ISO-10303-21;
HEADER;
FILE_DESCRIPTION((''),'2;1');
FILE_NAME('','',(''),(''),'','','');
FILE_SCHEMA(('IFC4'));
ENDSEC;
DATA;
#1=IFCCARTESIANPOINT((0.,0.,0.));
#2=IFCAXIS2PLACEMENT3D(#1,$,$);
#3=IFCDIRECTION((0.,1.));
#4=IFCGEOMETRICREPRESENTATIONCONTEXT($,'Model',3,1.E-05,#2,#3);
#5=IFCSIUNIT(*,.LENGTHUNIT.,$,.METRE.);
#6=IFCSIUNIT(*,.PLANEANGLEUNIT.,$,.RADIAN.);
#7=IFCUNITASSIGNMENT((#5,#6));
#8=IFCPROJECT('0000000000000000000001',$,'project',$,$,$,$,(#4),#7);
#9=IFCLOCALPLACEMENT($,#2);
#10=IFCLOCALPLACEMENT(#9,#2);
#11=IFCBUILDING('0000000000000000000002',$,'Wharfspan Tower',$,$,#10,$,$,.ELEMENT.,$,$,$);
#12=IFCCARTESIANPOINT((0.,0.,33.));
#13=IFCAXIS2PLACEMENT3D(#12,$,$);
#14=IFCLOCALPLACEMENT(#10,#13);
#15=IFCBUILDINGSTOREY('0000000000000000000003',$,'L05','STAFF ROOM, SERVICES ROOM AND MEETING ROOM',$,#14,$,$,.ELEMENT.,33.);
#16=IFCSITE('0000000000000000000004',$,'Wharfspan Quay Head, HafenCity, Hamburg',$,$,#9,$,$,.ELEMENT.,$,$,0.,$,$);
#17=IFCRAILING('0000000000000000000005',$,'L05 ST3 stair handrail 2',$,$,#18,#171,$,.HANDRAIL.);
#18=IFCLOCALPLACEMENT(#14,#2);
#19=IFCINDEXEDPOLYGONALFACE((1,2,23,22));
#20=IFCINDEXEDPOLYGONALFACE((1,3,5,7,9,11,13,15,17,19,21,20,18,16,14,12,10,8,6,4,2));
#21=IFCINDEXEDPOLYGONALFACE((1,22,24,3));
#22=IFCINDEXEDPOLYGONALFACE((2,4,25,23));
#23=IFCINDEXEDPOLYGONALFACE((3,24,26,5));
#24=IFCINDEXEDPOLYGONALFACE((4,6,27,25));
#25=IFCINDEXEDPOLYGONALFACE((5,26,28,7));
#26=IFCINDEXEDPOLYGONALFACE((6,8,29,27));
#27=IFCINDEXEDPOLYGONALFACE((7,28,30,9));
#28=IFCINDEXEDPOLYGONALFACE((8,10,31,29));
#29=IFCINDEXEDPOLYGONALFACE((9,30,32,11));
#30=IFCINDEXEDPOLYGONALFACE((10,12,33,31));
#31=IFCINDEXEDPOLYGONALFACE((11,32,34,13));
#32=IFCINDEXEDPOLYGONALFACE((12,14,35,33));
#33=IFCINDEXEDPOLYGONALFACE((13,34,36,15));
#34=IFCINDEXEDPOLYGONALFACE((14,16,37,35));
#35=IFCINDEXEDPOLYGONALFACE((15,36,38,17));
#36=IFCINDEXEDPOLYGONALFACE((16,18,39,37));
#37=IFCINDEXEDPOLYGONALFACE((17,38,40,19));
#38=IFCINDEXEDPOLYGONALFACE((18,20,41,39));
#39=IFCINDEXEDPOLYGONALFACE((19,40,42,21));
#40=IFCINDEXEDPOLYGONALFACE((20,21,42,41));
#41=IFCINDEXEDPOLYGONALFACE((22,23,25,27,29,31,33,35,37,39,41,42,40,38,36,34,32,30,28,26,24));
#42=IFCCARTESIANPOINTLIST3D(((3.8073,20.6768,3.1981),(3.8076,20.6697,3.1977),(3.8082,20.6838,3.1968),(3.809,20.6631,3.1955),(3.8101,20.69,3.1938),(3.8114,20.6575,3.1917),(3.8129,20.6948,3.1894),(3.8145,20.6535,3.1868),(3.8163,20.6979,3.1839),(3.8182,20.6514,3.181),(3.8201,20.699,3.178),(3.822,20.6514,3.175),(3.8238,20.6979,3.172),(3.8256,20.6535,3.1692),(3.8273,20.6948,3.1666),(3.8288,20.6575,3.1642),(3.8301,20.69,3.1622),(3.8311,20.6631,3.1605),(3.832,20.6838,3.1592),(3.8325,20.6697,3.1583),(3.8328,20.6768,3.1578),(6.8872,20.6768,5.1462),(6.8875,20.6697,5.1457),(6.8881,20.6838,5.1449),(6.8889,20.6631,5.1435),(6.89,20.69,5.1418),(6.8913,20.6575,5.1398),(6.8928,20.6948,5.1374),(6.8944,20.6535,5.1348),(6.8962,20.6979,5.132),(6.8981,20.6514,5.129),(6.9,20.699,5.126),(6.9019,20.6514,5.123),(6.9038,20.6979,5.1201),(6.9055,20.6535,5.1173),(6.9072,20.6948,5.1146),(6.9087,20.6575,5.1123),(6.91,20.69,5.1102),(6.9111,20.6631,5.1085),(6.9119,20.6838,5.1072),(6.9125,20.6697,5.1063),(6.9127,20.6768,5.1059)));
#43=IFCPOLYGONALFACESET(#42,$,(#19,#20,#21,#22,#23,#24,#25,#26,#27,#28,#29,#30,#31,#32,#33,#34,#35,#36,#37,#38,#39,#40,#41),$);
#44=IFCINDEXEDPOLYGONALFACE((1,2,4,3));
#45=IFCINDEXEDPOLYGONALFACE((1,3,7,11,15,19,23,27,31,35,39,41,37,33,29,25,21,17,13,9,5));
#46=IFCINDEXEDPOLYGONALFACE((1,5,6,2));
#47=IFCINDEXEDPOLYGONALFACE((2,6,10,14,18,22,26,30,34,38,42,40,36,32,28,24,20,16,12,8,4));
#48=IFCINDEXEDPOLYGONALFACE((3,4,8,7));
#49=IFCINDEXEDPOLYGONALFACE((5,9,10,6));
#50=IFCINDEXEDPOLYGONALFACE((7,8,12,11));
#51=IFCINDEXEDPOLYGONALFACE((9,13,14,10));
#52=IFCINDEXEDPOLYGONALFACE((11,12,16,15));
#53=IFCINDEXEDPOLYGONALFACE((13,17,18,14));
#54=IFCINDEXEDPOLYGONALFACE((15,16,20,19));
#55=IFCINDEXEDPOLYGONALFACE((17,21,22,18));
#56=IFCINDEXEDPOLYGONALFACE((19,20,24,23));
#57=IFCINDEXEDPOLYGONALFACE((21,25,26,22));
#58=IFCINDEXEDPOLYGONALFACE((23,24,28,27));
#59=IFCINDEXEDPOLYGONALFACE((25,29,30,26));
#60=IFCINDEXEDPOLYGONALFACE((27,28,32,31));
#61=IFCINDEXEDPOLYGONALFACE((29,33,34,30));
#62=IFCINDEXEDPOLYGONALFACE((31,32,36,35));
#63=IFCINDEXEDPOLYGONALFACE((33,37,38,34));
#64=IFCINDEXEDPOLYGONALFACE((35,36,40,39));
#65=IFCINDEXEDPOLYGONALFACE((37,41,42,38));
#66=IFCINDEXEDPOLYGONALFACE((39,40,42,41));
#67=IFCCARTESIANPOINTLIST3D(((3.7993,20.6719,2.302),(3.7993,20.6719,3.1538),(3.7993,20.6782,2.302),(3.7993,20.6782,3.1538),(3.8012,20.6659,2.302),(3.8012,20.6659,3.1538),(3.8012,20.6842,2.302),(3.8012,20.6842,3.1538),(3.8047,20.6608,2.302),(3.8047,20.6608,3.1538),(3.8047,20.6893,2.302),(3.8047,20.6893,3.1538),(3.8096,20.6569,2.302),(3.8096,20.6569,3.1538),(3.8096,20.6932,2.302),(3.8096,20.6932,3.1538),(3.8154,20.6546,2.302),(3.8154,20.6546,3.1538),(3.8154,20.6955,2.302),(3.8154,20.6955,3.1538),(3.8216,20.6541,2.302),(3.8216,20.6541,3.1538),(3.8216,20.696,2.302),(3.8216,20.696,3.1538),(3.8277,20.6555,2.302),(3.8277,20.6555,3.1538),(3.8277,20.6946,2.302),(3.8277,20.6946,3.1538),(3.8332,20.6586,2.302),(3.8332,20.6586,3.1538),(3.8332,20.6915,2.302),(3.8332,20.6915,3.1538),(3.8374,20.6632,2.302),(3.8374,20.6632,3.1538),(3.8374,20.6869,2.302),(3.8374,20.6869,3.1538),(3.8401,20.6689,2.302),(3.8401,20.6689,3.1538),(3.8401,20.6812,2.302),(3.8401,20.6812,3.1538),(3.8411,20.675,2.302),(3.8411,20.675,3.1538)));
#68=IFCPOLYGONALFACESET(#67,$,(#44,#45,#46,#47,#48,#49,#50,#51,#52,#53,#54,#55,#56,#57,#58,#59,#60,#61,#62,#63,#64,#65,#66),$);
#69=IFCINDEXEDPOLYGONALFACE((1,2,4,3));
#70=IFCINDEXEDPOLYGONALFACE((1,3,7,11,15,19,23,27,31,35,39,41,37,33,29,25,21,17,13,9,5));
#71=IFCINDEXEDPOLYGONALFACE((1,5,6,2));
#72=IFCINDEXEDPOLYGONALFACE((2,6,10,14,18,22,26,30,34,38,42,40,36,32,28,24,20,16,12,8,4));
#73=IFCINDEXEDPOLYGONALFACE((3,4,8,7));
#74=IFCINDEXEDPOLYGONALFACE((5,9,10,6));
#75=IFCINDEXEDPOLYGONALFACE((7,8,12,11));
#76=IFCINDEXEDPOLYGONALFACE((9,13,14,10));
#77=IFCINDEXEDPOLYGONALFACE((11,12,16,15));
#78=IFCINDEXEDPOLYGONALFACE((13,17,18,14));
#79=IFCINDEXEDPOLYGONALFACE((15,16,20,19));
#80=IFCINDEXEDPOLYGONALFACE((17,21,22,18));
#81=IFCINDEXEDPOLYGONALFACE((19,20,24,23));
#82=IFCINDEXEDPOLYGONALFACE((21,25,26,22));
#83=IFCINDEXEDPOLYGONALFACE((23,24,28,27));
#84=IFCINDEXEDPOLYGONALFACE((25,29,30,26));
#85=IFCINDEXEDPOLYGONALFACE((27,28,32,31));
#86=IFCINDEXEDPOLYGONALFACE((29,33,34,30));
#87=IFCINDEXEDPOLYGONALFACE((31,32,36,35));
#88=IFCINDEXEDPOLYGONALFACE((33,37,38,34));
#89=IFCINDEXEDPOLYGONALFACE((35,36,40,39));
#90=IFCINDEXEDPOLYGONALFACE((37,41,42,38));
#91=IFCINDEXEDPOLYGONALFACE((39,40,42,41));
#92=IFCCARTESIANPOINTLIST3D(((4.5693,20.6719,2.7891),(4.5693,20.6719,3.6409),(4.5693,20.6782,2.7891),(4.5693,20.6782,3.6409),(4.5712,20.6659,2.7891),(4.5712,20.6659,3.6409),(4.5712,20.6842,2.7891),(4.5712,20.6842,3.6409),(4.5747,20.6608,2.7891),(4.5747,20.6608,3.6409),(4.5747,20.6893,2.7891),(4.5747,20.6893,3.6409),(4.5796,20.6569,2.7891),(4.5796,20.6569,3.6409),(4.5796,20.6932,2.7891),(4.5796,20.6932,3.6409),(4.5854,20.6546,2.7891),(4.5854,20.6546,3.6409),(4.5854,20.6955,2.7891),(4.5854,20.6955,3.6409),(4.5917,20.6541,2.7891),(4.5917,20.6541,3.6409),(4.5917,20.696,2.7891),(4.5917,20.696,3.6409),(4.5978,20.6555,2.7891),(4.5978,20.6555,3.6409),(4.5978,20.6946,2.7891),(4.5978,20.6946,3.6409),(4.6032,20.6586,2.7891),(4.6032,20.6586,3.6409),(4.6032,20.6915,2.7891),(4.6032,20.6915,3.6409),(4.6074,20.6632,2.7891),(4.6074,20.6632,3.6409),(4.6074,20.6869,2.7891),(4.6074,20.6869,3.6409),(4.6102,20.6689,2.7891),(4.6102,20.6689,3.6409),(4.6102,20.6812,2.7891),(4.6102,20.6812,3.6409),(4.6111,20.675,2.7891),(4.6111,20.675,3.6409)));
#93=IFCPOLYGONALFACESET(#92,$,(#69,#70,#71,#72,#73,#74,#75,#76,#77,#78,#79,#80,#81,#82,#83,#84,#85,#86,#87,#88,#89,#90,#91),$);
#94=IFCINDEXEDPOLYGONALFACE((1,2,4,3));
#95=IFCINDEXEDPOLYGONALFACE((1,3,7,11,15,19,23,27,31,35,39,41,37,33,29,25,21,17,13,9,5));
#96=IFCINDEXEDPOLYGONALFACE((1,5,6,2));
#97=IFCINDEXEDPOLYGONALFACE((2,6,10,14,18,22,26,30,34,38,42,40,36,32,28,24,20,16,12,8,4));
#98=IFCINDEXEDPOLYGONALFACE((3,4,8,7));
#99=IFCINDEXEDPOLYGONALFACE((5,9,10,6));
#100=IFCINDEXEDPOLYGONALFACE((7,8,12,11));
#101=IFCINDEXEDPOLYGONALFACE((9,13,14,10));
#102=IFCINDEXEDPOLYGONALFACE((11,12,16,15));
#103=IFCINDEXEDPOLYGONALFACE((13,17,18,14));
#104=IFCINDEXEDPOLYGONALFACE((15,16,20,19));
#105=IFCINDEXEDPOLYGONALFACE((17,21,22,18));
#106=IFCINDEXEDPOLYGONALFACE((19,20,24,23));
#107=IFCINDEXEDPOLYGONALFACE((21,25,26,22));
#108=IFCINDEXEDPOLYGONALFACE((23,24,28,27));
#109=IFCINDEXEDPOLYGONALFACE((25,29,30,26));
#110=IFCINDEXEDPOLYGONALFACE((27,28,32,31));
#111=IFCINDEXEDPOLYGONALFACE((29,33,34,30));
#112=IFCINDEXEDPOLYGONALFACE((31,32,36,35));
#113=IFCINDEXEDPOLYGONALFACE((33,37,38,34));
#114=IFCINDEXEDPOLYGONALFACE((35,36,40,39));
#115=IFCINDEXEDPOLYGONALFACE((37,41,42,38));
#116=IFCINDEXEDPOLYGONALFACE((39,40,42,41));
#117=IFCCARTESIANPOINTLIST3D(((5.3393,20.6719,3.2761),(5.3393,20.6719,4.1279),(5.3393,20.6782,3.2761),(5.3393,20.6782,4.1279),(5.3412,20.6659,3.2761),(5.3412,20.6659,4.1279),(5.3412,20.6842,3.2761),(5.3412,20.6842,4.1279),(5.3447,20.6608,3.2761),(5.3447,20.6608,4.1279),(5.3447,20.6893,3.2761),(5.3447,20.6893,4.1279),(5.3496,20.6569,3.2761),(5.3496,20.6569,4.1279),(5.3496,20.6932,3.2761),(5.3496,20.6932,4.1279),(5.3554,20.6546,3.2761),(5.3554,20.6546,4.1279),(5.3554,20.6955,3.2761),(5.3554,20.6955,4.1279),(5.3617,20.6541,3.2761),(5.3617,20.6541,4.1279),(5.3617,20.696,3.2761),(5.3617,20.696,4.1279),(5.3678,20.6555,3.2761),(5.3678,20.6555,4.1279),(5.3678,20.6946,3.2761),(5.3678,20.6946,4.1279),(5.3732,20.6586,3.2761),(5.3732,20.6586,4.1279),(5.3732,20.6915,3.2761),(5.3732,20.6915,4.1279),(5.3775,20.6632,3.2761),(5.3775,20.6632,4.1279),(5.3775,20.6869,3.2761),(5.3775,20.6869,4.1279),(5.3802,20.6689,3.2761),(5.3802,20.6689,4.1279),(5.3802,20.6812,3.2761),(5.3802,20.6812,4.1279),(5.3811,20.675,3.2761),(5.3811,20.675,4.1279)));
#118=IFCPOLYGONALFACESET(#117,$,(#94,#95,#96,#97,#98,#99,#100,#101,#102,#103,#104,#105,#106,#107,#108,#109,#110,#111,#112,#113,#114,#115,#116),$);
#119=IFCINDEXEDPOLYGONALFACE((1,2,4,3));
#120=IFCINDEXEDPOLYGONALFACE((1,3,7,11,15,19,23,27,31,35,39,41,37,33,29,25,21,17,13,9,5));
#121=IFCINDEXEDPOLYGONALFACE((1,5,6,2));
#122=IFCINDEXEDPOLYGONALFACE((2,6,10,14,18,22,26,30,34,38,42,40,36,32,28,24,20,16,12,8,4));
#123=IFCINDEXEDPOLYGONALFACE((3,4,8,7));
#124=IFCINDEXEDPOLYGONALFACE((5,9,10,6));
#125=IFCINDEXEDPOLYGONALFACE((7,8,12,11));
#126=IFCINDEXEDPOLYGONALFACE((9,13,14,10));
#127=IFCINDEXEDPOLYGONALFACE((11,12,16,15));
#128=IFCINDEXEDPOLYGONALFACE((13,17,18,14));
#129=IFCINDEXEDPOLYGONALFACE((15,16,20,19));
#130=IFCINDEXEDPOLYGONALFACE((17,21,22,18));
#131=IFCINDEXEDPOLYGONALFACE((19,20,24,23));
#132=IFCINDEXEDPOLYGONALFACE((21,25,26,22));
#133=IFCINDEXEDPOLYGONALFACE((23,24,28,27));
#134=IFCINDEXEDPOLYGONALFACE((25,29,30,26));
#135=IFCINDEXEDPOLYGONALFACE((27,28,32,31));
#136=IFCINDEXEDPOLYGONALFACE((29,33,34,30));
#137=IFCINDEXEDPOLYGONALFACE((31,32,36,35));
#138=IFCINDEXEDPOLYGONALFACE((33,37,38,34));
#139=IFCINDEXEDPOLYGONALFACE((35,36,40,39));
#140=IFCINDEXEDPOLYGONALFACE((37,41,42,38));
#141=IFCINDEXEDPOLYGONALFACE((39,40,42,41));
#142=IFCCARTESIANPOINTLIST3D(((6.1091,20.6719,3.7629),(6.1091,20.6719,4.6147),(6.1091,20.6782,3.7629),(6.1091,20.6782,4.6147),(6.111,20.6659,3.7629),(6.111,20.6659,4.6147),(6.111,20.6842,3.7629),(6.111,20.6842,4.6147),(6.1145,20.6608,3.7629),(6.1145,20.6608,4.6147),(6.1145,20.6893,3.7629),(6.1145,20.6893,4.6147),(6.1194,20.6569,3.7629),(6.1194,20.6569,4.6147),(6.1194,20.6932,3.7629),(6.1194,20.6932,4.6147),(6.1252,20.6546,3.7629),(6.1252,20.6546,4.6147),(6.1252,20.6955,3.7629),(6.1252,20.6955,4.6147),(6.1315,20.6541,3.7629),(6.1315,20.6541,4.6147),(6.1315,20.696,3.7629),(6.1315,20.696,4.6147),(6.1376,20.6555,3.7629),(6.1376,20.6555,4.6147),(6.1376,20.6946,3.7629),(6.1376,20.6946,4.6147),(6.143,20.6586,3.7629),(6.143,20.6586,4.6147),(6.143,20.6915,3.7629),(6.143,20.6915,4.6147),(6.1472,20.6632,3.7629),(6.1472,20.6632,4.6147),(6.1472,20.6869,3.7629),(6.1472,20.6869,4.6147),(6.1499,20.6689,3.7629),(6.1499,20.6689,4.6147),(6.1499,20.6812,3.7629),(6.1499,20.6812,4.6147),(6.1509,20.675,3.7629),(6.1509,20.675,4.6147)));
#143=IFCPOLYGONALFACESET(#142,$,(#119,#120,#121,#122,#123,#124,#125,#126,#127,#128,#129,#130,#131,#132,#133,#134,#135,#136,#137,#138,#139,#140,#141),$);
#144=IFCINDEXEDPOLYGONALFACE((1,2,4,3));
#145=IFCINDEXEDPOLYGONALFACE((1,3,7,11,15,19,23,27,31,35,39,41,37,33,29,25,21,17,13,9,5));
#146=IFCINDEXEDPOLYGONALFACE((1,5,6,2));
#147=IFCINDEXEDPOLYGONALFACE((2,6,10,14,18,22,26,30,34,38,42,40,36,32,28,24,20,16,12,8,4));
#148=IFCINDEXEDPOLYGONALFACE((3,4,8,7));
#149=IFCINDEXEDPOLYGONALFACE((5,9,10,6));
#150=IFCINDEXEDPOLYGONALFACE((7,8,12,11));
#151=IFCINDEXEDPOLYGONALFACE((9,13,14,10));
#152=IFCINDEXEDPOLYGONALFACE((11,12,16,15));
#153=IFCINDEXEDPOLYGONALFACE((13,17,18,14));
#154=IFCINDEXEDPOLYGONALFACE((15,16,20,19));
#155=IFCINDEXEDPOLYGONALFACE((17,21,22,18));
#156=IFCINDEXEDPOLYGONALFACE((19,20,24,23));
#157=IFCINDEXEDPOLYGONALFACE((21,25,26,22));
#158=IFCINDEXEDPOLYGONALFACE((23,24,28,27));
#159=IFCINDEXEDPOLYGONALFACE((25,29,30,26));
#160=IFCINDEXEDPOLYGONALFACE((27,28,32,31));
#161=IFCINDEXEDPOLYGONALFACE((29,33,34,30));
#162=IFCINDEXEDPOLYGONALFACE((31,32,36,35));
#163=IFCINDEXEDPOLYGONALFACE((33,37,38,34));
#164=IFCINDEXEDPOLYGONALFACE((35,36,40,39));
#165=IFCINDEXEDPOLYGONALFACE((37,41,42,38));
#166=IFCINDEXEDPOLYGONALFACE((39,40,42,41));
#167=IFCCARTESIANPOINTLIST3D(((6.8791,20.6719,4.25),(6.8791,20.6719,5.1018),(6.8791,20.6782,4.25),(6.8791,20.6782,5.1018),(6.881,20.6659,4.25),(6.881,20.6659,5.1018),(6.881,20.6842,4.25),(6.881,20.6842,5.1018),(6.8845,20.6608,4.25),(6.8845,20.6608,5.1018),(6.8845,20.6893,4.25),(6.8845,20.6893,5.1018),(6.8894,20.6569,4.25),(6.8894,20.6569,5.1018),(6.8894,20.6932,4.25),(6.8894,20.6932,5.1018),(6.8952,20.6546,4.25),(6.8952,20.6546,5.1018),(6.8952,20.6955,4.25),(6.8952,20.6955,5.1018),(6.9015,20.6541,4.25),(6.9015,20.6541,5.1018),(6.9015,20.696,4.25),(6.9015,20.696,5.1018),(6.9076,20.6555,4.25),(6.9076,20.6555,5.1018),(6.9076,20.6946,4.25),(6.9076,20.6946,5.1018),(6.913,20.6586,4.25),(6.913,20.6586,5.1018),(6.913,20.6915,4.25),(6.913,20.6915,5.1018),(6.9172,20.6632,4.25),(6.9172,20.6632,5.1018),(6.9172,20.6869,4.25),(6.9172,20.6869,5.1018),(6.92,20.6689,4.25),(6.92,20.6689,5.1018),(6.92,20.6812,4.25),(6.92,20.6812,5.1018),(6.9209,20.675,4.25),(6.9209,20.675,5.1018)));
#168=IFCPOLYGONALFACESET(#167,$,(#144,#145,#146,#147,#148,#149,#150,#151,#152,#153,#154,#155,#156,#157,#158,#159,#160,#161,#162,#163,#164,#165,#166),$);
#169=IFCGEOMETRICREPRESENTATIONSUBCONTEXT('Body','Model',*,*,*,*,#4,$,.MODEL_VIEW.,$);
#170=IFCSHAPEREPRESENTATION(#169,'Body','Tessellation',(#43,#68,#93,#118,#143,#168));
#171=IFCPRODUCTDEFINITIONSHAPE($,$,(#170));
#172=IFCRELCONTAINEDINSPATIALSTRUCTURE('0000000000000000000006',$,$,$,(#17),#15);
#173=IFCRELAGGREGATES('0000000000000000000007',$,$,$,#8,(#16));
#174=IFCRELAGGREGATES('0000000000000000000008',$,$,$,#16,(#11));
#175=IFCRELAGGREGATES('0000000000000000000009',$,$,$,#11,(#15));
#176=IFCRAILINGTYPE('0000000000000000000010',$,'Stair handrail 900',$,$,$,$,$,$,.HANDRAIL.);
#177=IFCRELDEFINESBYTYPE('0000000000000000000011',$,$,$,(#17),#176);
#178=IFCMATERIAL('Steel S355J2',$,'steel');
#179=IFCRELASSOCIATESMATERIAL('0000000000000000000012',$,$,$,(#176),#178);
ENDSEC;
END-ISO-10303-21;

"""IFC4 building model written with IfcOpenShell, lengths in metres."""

from ifc_helpers import new_model, si_unit, direction, frame, origin, origin_2d, place, context, subcontext, project, spatial, circle, extrude, material, type_object, element, save


model = new_model("IFC4")

# Units and contexts
model_context = context("Model", 3, precision=1e-05, world=origin(), true_north=direction((0.0, 1.0)))
body_context = subcontext(model_context, "Body", "Model", "MODEL_VIEW")
ifc_project = project(units=[si_unit("LENGTHUNIT", "METRE"), si_unit("PLANEANGLEUNIT", "RADIAN")], contexts=[model_context])

# Site, building, storey
site_placement = place(None, origin())
site = spatial("IfcSite", under=ifc_project, at=site_placement, Name="Wharfspan Quay Head, HafenCity, Hamburg", CompositionType="ELEMENT", RefElevation=0.0)
building_placement = place(site_placement, origin())
building = spatial("IfcBuilding", under=site, at=building_placement, Name="Wharfspan Tower", CompositionType="ELEMENT")
storey_placement = place(building_placement, frame((0.0, 0.0, 33.0)))
storey = spatial("IfcBuildingStorey", under=building, at=storey_placement, Name="L05", Description="STAFF ROOM, SERVICES ROOM AND MEETING ROOM", CompositionType="ELEMENT", Elevation=33.0)

# Railing
ifc_material_1 = material(Name="Steel S355J2", Category="steel")
railing_type_1 = type_object("IfcRailingType", Name="Stair handrail 900", PredefinedType="HANDRAIL", material=ifc_material_1)
for number, where, name in (
    (1, (3.8201, 20.675, 2.302), "L05 ST3 stair handrail 2"),
):
    element("IfcRailing", number, at=place(storey_placement, frame(where)), inside=storey, type_object=railing_type_1, Name=name, PredefinedType="HANDRAIL", context=body_context, shape_type="SweptSolid", body=[
        extrude(circle(Radius=0.0239, at=origin_2d()), frame((0.0, 0.0, 0.876), z_axis=(0.845137, 0.0, 0.53455), x_axis=(0.0, 1.0, 0.0)), (0.0, 0.0, 1.0), 3.6443),
        extrude(circle(Radius=0.021, at=origin_2d()), origin(), (0.0, 0.0, 1.0), 0.8518),
        extrude(circle(Radius=0.021, at=origin_2d()), frame((0.77, 0.0, 0.4871)), (0.0, 0.0, 1.0), 0.8518),
        extrude(circle(Radius=0.021, at=origin_2d()), frame((1.54, 0.0, 0.9741)), (0.0, 0.0, 1.0), 0.8518),
        extrude(circle(Radius=0.021, at=origin_2d()), frame((2.3098, 0.0, 1.4609)), (0.0, 0.0, 1.0), 0.8518),
        extrude(circle(Radius=0.021, at=origin_2d()), frame((3.0798, 0.0, 1.948)), (0.0, 0.0, 1.0), 0.8518),
    ])

save(model, "model.ifc")
